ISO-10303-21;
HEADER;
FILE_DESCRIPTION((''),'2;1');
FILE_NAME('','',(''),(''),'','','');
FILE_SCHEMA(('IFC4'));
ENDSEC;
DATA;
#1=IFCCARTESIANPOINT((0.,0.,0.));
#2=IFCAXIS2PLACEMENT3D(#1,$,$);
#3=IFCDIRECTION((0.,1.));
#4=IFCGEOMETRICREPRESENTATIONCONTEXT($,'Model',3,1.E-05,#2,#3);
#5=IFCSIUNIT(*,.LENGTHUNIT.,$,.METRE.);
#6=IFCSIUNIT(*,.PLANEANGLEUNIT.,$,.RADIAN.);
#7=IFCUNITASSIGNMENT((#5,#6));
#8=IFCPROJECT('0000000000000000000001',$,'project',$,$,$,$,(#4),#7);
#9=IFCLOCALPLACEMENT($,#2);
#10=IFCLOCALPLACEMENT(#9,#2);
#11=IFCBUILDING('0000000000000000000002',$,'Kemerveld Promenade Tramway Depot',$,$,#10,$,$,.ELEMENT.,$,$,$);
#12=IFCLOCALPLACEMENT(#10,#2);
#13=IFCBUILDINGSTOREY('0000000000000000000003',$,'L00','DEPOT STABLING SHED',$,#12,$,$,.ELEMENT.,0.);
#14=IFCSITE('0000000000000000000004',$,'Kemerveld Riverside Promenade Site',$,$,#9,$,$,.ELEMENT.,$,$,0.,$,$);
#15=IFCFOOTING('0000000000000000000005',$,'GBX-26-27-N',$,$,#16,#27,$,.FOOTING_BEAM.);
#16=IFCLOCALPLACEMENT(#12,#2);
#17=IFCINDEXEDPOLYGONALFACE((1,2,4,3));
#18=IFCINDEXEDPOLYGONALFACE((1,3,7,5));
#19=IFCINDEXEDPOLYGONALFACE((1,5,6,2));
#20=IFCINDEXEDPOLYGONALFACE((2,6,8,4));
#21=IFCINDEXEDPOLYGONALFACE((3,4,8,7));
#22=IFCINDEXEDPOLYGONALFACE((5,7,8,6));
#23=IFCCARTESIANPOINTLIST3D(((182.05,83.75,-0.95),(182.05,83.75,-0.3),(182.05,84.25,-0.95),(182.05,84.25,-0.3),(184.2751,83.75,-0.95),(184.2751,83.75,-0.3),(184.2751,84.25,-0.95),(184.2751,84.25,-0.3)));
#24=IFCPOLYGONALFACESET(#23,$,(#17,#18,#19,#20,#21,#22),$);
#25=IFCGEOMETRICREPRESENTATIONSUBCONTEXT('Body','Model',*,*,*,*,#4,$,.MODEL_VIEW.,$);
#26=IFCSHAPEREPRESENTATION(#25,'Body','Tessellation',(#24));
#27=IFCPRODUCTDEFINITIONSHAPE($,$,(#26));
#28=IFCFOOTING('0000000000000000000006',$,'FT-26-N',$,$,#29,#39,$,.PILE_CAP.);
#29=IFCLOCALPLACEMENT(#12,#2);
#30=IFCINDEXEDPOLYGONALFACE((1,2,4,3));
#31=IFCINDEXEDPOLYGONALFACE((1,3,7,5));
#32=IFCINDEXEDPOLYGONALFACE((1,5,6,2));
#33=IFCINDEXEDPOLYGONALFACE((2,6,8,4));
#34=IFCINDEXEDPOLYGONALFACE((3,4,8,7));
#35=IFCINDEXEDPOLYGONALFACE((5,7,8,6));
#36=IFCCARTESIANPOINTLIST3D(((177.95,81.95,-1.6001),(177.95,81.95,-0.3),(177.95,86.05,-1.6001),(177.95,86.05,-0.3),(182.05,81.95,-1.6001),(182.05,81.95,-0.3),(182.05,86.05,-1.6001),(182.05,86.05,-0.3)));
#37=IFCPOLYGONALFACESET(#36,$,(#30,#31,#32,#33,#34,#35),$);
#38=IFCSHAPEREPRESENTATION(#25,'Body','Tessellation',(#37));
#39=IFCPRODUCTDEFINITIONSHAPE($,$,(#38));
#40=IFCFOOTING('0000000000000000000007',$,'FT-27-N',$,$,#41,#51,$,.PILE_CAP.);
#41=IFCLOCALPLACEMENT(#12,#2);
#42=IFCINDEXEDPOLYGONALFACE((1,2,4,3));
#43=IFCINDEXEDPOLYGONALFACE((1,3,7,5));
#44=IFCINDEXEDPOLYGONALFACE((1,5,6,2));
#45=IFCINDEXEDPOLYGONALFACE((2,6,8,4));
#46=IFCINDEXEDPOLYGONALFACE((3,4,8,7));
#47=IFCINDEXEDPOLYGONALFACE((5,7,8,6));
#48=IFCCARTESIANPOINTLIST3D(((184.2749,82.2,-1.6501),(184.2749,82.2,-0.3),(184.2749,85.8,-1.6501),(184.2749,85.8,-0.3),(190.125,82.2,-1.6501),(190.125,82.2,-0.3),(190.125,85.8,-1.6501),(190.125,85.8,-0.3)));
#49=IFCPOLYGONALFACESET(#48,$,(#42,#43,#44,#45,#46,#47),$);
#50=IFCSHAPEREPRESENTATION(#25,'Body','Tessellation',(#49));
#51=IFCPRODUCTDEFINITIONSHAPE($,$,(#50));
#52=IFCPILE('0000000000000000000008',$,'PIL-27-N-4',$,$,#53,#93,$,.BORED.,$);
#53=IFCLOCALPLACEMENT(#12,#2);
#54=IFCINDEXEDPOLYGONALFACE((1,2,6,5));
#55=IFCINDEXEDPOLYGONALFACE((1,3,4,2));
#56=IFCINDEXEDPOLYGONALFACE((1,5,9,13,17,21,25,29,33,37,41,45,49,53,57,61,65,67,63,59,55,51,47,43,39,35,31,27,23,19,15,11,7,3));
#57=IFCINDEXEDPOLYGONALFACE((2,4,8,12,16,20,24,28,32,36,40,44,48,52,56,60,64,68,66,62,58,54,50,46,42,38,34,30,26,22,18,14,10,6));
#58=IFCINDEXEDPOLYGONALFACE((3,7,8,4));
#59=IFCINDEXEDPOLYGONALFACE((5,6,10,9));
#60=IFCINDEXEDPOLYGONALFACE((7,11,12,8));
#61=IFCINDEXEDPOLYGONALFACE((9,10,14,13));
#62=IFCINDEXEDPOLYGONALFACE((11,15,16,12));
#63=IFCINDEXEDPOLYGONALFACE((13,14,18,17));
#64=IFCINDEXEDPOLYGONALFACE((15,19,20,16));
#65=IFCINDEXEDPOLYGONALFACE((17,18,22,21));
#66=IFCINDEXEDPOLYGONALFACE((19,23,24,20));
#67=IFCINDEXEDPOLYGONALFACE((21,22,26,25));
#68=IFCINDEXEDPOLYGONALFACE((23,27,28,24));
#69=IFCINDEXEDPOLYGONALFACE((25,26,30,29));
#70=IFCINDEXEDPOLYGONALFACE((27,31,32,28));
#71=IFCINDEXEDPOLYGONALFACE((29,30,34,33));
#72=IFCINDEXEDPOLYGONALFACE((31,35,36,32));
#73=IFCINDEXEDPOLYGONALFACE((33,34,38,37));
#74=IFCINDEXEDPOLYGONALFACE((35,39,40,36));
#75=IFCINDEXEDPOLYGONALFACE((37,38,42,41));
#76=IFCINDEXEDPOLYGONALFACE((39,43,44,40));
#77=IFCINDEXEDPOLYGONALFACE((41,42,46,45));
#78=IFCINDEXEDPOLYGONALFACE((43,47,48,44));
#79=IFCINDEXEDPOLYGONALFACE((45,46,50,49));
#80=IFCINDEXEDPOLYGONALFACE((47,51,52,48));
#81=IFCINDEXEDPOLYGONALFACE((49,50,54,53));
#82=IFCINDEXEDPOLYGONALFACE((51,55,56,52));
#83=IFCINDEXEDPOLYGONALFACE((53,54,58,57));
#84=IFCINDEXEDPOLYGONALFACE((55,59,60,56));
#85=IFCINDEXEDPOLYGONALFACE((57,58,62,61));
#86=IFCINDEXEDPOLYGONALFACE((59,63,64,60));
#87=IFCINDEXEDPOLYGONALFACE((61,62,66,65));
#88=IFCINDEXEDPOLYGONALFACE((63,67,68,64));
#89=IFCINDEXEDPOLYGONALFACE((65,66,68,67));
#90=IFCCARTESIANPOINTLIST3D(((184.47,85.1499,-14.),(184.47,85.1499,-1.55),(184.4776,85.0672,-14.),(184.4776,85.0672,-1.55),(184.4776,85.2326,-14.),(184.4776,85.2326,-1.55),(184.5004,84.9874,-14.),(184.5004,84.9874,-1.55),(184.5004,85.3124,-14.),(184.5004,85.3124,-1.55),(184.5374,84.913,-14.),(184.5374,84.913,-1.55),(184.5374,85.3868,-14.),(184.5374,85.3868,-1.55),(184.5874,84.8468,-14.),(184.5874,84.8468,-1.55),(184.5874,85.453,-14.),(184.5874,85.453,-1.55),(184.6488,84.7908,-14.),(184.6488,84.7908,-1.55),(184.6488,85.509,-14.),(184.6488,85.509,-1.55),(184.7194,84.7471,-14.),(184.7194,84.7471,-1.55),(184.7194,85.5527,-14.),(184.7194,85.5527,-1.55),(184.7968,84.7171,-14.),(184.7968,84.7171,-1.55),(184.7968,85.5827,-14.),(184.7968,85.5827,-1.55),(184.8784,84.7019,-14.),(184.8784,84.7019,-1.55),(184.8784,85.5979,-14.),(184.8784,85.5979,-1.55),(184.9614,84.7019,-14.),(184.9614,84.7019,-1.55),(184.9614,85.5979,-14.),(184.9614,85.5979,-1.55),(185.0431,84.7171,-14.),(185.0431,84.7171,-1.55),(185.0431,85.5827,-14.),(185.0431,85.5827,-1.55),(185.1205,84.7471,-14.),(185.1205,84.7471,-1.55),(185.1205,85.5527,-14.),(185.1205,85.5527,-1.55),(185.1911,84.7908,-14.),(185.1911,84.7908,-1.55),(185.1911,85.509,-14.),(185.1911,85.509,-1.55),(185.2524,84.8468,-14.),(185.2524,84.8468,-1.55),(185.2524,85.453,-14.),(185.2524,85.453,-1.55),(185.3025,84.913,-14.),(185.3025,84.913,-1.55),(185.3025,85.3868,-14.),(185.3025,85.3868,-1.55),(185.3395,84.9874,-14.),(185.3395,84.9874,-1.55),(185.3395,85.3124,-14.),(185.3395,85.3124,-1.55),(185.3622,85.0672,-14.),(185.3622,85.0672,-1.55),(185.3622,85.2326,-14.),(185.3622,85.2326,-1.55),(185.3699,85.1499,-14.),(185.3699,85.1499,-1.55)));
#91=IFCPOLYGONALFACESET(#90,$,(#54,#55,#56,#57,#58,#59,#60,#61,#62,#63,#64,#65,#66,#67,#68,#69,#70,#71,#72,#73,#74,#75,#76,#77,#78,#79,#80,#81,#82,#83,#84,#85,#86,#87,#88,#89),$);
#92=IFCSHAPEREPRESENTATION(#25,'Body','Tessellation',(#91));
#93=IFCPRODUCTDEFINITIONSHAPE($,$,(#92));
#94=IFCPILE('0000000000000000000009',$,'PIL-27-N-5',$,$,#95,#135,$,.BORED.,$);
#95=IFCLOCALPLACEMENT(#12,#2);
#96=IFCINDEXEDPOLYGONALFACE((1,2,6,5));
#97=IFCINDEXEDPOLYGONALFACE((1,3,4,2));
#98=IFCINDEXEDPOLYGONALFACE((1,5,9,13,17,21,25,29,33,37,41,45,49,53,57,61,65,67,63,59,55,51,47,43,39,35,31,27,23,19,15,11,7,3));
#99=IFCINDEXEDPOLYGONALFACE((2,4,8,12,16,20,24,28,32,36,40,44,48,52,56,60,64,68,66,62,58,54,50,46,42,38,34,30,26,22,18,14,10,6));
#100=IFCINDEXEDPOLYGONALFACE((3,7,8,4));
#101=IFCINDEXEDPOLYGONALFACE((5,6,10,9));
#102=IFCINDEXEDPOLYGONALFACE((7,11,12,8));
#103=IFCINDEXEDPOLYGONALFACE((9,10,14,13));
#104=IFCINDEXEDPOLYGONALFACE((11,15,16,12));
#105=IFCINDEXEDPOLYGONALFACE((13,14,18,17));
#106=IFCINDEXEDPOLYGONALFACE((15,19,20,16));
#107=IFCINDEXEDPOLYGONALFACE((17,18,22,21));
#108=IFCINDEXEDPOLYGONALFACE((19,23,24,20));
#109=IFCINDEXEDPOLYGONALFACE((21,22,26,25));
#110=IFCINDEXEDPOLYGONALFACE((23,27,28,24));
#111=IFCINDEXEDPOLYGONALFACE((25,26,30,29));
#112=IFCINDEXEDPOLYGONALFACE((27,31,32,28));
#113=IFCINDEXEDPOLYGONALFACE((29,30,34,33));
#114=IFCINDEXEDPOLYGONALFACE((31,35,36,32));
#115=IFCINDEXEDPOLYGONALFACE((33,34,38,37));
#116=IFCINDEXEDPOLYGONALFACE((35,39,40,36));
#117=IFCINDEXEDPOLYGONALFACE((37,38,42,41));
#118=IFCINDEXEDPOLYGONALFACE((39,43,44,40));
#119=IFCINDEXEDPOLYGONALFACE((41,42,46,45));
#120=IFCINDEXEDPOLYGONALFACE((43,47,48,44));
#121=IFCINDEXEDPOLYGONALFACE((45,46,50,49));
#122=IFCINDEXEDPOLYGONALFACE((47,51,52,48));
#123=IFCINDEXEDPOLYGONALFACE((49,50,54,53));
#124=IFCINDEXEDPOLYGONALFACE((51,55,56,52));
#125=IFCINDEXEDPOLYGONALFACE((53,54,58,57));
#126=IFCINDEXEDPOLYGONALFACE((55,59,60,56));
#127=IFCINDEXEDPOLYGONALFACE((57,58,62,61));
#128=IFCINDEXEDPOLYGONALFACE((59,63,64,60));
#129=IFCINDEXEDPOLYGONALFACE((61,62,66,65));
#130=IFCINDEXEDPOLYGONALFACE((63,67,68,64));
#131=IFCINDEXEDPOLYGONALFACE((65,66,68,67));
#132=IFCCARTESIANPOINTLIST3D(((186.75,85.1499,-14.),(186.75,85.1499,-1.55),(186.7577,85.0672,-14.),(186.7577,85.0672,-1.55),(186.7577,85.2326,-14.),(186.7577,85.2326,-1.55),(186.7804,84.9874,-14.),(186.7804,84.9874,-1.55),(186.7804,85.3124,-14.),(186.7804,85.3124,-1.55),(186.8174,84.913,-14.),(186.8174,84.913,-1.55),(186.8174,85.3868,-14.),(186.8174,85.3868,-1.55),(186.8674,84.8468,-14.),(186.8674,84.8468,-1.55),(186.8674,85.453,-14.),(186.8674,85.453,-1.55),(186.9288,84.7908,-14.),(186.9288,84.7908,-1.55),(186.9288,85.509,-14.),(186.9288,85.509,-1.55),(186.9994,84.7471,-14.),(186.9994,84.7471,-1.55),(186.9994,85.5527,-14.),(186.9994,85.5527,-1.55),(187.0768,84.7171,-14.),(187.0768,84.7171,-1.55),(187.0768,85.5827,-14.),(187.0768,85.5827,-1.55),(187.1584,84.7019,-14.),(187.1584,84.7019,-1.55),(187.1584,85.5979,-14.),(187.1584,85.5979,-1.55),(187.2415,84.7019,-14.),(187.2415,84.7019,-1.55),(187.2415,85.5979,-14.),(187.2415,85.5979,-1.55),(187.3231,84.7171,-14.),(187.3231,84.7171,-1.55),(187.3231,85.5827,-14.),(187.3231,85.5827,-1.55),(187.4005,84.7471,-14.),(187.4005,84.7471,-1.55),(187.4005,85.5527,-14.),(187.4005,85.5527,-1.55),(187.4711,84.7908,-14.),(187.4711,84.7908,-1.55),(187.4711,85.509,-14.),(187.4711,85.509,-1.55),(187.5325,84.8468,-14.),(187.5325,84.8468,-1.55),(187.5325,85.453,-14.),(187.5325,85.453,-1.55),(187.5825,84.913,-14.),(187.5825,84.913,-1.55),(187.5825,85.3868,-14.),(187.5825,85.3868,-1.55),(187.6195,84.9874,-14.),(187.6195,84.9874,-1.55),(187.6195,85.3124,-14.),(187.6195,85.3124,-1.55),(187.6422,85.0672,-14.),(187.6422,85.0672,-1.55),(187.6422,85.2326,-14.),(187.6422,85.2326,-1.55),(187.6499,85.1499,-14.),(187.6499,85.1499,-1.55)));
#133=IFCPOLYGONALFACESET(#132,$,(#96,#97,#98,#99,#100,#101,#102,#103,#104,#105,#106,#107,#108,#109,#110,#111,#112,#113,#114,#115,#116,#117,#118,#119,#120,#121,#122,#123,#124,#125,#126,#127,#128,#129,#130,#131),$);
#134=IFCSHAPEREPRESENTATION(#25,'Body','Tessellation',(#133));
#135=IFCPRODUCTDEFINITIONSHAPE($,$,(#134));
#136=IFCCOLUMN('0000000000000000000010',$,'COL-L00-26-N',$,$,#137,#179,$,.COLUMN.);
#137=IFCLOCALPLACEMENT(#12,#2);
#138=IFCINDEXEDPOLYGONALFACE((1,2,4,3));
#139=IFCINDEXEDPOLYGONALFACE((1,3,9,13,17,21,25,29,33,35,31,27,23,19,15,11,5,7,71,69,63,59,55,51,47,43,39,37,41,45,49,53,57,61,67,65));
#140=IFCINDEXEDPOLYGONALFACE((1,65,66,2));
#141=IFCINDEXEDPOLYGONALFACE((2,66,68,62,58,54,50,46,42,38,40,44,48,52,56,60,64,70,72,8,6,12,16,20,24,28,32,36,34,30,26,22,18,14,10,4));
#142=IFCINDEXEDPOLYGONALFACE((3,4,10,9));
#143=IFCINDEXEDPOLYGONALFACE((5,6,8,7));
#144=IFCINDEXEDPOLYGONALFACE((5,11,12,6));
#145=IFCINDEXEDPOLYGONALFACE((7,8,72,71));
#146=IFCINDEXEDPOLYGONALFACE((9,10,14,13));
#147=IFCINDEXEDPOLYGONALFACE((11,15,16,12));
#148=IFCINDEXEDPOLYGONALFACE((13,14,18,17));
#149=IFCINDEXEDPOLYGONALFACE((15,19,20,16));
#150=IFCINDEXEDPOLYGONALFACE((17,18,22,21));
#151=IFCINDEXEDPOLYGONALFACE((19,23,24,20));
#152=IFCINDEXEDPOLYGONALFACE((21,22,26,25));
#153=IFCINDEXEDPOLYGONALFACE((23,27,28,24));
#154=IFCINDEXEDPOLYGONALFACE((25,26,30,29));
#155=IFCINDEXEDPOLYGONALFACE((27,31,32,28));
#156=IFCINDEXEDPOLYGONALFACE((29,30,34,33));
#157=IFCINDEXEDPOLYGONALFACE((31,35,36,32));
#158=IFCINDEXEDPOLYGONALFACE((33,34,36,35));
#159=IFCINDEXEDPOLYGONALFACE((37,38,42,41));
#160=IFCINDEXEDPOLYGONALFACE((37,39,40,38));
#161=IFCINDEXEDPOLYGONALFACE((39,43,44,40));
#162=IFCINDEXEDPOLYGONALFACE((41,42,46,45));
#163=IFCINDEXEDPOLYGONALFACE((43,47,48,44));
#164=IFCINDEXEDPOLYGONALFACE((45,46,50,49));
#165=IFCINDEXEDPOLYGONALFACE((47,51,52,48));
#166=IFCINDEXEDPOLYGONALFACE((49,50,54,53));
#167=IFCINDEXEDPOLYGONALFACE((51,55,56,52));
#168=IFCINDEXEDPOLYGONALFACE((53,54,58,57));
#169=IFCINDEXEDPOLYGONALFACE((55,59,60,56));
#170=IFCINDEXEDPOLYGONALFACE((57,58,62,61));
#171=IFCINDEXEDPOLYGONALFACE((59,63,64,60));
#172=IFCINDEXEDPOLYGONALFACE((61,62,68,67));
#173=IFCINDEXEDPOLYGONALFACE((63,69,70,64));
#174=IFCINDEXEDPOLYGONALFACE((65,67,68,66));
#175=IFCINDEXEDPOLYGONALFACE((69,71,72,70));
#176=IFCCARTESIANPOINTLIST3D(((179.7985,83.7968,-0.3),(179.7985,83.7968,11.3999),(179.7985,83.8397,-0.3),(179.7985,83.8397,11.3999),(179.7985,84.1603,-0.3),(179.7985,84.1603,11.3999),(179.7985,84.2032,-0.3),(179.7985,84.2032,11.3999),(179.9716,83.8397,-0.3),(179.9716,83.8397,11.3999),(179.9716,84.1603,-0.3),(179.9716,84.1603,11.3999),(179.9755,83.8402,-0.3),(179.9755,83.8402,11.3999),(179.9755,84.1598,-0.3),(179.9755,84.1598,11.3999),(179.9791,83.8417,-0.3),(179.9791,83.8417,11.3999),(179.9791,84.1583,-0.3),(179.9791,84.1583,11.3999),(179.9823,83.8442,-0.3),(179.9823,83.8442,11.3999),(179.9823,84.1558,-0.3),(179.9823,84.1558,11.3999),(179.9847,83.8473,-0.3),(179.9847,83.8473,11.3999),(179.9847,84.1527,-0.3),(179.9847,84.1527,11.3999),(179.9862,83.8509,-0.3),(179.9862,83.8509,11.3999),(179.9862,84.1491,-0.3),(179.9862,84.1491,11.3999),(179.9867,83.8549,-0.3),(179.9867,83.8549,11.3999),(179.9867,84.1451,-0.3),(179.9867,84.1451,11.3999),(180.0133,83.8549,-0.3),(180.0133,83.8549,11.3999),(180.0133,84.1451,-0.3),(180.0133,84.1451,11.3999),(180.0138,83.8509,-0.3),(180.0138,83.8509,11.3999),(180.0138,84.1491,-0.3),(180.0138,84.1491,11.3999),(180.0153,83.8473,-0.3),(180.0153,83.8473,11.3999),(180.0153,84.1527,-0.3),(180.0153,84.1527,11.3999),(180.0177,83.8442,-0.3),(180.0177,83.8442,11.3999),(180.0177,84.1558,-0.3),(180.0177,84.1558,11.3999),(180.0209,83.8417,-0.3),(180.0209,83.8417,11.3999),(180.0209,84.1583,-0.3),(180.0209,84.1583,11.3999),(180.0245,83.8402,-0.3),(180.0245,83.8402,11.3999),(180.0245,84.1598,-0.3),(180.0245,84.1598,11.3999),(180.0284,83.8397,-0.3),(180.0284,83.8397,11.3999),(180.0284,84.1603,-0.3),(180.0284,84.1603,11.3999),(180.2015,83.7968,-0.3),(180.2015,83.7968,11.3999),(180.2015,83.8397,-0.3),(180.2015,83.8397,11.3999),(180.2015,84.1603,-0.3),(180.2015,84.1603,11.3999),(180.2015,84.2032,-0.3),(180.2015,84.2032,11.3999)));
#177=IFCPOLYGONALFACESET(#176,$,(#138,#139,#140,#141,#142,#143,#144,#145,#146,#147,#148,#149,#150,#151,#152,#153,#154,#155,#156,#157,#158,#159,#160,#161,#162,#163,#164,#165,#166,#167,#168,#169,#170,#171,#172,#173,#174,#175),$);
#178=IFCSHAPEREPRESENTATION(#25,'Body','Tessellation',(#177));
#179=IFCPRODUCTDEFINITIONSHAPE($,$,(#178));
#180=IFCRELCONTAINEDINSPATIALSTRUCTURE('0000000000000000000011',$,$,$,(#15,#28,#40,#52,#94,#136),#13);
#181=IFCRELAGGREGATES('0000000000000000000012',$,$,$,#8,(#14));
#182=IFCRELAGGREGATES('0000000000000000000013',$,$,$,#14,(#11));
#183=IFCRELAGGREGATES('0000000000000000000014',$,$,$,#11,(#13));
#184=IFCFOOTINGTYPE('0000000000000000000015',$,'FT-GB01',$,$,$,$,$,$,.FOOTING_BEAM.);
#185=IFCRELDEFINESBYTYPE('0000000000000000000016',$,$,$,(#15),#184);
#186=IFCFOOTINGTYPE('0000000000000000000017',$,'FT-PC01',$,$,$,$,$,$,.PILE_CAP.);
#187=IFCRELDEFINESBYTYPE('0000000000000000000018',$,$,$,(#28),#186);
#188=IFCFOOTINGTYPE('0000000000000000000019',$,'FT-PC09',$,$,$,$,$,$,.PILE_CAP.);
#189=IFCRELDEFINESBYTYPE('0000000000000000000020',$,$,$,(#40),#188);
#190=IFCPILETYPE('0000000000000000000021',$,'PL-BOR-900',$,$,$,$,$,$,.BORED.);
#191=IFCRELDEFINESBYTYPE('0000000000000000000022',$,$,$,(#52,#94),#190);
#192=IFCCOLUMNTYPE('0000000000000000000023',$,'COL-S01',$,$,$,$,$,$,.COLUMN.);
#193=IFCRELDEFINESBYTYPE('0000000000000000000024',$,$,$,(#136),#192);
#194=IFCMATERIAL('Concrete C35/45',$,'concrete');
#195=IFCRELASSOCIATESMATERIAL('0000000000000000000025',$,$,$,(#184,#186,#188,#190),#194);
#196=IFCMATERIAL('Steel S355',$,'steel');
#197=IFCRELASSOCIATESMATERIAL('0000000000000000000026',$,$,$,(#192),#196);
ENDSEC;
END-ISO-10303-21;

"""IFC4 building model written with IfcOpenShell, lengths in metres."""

from ifc_helpers import new_model, si_unit, direction, frame, origin, origin_2d, place, context, subcontext, project, spatial, rectangle, circle, i_section, extrude, material, material_profile, profile_set, type_object, element, save


model = new_model("IFC4")

# Units and contexts
model_context = context("Model", 3, precision=1e-05, world=origin(), true_north=direction((0.0, 1.0)))
body_context = subcontext(model_context, "Body", "Model", "MODEL_VIEW")
ifc_project = project(units=[si_unit("LENGTHUNIT", "METRE"), si_unit("PLANEANGLEUNIT", "RADIAN")], contexts=[model_context])

# Site, building, storey
site_placement = place(None, origin())
site = spatial("IfcSite", under=ifc_project, at=site_placement, Name="Kemerveld Riverside Promenade Site", CompositionType="ELEMENT", RefElevation=0.0)
building_placement = place(site_placement, origin())
building = spatial("IfcBuilding", under=site, at=building_placement, Name="Kemerveld Promenade Tramway Depot", CompositionType="ELEMENT")
storey_placement = place(building_placement, origin())
storey = spatial("IfcBuildingStorey", under=building, at=storey_placement, Name="L00", Description="DEPOT STABLING SHED", CompositionType="ELEMENT", Elevation=0.0)

# Footings
ifc_material_1 = material(Name="Concrete C35/45", Category="concrete")
footing_type_1 = type_object("IfcFootingType", Name="FT-GB01", PredefinedType="FOOTING_BEAM", material=ifc_material_1)
footing_1_placement = place(storey_placement, frame((183.1626, 84.0, -0.95), z_axis=(0.0, 0.0, 1.0), x_axis=(1.0, 0.0, 0.0)))
element("IfcFooting", 1, at=footing_1_placement, inside=storey, type_object=footing_type_1, Name="GBX-26-27-N", PredefinedType="FOOTING_BEAM", context=body_context, shape_type="SweptSolid", body=[
    extrude(rectangle(XDim=2.2251, YDim=0.5, at=origin_2d()), origin(), (0.0, 0.0, 1.0), 0.6499),
])
footing_type_2 = type_object("IfcFootingType", Name="FT-PC01", PredefinedType="PILE_CAP", material=ifc_material_1)
footing_2_placement = place(storey_placement, frame((180.0, 84.0, -1.6001), z_axis=(0.0, 0.0, 1.0), x_axis=(1.0, 0.0, 0.0)))
element("IfcFooting", 2, at=footing_2_placement, inside=storey, type_object=footing_type_2, Name="FT-26-N", PredefinedType="PILE_CAP", context=body_context, shape_type="SweptSolid", body=[
    extrude(rectangle(XDim=4.1001, YDim=4.1001, at=origin_2d()), origin(), (0.0, 0.0, 1.0), 1.3),
])
footing_type_3 = type_object("IfcFootingType", Name="FT-PC09", PredefinedType="PILE_CAP", material=ifc_material_1)
footing_3_placement = place(storey_placement, frame((187.2, 84.0, -1.6501), z_axis=(0.0, 0.0, 1.0), x_axis=(1.0, 0.0, 0.0)))
element("IfcFooting", 3, at=footing_3_placement, inside=storey, type_object=footing_type_3, Name="FT-27-N", PredefinedType="PILE_CAP", context=body_context, shape_type="SweptSolid", body=[
    extrude(rectangle(XDim=5.8501, YDim=3.6001, at=origin_2d()), origin(), (0.0, 0.0, 1.0), 1.3501),
])

# Piles
ifc_material_profile_1 = material_profile(ifc_material_1, circle(Radius=0.45, at=origin_2d()), Name="PILE-D900")
ifc_profile_set_1 = profile_set([ifc_material_profile_1], Name="Concrete C35/45")
pile_type = type_object("IfcPileType", Name="PL-BOR-900", PredefinedType="BORED", material=ifc_profile_set_1)
for number, where, z_axis, x_axis, name in (
    (4, (184.9199, 85.1499, -1.55), (0.0, 0.0, -1.0), (1.0, 0.0, 0.0), "PIL-27-N-4"),
    (5, (187.2, 85.1499, -1.55), (0.0, 0.0, -1.0), (1.0, 0.0, 0.0), "PIL-27-N-5"),
):
    element("IfcPile", number, at=place(storey_placement, frame(where, z_axis=z_axis, x_axis=x_axis)), inside=storey, type_object=pile_type, Name=name, PredefinedType="BORED", context=body_context, shape_type="SweptSolid", body=[
        extrude(circle(Radius=0.45, at=origin_2d()), origin(), (0.0, 0.0, 1.0), 12.45),
    ])

# Column
ifc_material_2 = material(Name="Steel S355", Category="steel")
ifc_material_profile_2 = material_profile(ifc_material_2, i_section(OverallWidth=0.4031, OverallDepth=0.4065, WebThickness=0.0266, FlangeThickness=0.043, FilletRadius=0.0151, at=origin_2d()), Name="356x406x340 UC")
ifc_profile_set_2 = profile_set([ifc_material_profile_2], Name="Steel S355")
column_type = type_object("IfcColumnType", Name="COL-S01", PredefinedType="COLUMN", material=ifc_profile_set_2)
for number, where, z_axis, x_axis, name in (
    (6, (180.0, 84.0, -0.3), (0.0, 0.0, 1.0), (1.0, 0.0, 0.0), "COL-L00-26-N"),
):
    element("IfcColumn", number, at=place(storey_placement, frame(where, z_axis=z_axis, x_axis=x_axis)), inside=storey, type_object=column_type, Name=name, PredefinedType="COLUMN", context=body_context, shape_type="SweptSolid", body=[
        extrude(i_section(OverallWidth=0.4031, OverallDepth=0.4065, WebThickness=0.0266, FlangeThickness=0.043, FilletRadius=0.0151, at=origin_2d()), origin(), (0.0, 0.0, 1.0), 11.7),
    ])

save(model, "model.ifc")
